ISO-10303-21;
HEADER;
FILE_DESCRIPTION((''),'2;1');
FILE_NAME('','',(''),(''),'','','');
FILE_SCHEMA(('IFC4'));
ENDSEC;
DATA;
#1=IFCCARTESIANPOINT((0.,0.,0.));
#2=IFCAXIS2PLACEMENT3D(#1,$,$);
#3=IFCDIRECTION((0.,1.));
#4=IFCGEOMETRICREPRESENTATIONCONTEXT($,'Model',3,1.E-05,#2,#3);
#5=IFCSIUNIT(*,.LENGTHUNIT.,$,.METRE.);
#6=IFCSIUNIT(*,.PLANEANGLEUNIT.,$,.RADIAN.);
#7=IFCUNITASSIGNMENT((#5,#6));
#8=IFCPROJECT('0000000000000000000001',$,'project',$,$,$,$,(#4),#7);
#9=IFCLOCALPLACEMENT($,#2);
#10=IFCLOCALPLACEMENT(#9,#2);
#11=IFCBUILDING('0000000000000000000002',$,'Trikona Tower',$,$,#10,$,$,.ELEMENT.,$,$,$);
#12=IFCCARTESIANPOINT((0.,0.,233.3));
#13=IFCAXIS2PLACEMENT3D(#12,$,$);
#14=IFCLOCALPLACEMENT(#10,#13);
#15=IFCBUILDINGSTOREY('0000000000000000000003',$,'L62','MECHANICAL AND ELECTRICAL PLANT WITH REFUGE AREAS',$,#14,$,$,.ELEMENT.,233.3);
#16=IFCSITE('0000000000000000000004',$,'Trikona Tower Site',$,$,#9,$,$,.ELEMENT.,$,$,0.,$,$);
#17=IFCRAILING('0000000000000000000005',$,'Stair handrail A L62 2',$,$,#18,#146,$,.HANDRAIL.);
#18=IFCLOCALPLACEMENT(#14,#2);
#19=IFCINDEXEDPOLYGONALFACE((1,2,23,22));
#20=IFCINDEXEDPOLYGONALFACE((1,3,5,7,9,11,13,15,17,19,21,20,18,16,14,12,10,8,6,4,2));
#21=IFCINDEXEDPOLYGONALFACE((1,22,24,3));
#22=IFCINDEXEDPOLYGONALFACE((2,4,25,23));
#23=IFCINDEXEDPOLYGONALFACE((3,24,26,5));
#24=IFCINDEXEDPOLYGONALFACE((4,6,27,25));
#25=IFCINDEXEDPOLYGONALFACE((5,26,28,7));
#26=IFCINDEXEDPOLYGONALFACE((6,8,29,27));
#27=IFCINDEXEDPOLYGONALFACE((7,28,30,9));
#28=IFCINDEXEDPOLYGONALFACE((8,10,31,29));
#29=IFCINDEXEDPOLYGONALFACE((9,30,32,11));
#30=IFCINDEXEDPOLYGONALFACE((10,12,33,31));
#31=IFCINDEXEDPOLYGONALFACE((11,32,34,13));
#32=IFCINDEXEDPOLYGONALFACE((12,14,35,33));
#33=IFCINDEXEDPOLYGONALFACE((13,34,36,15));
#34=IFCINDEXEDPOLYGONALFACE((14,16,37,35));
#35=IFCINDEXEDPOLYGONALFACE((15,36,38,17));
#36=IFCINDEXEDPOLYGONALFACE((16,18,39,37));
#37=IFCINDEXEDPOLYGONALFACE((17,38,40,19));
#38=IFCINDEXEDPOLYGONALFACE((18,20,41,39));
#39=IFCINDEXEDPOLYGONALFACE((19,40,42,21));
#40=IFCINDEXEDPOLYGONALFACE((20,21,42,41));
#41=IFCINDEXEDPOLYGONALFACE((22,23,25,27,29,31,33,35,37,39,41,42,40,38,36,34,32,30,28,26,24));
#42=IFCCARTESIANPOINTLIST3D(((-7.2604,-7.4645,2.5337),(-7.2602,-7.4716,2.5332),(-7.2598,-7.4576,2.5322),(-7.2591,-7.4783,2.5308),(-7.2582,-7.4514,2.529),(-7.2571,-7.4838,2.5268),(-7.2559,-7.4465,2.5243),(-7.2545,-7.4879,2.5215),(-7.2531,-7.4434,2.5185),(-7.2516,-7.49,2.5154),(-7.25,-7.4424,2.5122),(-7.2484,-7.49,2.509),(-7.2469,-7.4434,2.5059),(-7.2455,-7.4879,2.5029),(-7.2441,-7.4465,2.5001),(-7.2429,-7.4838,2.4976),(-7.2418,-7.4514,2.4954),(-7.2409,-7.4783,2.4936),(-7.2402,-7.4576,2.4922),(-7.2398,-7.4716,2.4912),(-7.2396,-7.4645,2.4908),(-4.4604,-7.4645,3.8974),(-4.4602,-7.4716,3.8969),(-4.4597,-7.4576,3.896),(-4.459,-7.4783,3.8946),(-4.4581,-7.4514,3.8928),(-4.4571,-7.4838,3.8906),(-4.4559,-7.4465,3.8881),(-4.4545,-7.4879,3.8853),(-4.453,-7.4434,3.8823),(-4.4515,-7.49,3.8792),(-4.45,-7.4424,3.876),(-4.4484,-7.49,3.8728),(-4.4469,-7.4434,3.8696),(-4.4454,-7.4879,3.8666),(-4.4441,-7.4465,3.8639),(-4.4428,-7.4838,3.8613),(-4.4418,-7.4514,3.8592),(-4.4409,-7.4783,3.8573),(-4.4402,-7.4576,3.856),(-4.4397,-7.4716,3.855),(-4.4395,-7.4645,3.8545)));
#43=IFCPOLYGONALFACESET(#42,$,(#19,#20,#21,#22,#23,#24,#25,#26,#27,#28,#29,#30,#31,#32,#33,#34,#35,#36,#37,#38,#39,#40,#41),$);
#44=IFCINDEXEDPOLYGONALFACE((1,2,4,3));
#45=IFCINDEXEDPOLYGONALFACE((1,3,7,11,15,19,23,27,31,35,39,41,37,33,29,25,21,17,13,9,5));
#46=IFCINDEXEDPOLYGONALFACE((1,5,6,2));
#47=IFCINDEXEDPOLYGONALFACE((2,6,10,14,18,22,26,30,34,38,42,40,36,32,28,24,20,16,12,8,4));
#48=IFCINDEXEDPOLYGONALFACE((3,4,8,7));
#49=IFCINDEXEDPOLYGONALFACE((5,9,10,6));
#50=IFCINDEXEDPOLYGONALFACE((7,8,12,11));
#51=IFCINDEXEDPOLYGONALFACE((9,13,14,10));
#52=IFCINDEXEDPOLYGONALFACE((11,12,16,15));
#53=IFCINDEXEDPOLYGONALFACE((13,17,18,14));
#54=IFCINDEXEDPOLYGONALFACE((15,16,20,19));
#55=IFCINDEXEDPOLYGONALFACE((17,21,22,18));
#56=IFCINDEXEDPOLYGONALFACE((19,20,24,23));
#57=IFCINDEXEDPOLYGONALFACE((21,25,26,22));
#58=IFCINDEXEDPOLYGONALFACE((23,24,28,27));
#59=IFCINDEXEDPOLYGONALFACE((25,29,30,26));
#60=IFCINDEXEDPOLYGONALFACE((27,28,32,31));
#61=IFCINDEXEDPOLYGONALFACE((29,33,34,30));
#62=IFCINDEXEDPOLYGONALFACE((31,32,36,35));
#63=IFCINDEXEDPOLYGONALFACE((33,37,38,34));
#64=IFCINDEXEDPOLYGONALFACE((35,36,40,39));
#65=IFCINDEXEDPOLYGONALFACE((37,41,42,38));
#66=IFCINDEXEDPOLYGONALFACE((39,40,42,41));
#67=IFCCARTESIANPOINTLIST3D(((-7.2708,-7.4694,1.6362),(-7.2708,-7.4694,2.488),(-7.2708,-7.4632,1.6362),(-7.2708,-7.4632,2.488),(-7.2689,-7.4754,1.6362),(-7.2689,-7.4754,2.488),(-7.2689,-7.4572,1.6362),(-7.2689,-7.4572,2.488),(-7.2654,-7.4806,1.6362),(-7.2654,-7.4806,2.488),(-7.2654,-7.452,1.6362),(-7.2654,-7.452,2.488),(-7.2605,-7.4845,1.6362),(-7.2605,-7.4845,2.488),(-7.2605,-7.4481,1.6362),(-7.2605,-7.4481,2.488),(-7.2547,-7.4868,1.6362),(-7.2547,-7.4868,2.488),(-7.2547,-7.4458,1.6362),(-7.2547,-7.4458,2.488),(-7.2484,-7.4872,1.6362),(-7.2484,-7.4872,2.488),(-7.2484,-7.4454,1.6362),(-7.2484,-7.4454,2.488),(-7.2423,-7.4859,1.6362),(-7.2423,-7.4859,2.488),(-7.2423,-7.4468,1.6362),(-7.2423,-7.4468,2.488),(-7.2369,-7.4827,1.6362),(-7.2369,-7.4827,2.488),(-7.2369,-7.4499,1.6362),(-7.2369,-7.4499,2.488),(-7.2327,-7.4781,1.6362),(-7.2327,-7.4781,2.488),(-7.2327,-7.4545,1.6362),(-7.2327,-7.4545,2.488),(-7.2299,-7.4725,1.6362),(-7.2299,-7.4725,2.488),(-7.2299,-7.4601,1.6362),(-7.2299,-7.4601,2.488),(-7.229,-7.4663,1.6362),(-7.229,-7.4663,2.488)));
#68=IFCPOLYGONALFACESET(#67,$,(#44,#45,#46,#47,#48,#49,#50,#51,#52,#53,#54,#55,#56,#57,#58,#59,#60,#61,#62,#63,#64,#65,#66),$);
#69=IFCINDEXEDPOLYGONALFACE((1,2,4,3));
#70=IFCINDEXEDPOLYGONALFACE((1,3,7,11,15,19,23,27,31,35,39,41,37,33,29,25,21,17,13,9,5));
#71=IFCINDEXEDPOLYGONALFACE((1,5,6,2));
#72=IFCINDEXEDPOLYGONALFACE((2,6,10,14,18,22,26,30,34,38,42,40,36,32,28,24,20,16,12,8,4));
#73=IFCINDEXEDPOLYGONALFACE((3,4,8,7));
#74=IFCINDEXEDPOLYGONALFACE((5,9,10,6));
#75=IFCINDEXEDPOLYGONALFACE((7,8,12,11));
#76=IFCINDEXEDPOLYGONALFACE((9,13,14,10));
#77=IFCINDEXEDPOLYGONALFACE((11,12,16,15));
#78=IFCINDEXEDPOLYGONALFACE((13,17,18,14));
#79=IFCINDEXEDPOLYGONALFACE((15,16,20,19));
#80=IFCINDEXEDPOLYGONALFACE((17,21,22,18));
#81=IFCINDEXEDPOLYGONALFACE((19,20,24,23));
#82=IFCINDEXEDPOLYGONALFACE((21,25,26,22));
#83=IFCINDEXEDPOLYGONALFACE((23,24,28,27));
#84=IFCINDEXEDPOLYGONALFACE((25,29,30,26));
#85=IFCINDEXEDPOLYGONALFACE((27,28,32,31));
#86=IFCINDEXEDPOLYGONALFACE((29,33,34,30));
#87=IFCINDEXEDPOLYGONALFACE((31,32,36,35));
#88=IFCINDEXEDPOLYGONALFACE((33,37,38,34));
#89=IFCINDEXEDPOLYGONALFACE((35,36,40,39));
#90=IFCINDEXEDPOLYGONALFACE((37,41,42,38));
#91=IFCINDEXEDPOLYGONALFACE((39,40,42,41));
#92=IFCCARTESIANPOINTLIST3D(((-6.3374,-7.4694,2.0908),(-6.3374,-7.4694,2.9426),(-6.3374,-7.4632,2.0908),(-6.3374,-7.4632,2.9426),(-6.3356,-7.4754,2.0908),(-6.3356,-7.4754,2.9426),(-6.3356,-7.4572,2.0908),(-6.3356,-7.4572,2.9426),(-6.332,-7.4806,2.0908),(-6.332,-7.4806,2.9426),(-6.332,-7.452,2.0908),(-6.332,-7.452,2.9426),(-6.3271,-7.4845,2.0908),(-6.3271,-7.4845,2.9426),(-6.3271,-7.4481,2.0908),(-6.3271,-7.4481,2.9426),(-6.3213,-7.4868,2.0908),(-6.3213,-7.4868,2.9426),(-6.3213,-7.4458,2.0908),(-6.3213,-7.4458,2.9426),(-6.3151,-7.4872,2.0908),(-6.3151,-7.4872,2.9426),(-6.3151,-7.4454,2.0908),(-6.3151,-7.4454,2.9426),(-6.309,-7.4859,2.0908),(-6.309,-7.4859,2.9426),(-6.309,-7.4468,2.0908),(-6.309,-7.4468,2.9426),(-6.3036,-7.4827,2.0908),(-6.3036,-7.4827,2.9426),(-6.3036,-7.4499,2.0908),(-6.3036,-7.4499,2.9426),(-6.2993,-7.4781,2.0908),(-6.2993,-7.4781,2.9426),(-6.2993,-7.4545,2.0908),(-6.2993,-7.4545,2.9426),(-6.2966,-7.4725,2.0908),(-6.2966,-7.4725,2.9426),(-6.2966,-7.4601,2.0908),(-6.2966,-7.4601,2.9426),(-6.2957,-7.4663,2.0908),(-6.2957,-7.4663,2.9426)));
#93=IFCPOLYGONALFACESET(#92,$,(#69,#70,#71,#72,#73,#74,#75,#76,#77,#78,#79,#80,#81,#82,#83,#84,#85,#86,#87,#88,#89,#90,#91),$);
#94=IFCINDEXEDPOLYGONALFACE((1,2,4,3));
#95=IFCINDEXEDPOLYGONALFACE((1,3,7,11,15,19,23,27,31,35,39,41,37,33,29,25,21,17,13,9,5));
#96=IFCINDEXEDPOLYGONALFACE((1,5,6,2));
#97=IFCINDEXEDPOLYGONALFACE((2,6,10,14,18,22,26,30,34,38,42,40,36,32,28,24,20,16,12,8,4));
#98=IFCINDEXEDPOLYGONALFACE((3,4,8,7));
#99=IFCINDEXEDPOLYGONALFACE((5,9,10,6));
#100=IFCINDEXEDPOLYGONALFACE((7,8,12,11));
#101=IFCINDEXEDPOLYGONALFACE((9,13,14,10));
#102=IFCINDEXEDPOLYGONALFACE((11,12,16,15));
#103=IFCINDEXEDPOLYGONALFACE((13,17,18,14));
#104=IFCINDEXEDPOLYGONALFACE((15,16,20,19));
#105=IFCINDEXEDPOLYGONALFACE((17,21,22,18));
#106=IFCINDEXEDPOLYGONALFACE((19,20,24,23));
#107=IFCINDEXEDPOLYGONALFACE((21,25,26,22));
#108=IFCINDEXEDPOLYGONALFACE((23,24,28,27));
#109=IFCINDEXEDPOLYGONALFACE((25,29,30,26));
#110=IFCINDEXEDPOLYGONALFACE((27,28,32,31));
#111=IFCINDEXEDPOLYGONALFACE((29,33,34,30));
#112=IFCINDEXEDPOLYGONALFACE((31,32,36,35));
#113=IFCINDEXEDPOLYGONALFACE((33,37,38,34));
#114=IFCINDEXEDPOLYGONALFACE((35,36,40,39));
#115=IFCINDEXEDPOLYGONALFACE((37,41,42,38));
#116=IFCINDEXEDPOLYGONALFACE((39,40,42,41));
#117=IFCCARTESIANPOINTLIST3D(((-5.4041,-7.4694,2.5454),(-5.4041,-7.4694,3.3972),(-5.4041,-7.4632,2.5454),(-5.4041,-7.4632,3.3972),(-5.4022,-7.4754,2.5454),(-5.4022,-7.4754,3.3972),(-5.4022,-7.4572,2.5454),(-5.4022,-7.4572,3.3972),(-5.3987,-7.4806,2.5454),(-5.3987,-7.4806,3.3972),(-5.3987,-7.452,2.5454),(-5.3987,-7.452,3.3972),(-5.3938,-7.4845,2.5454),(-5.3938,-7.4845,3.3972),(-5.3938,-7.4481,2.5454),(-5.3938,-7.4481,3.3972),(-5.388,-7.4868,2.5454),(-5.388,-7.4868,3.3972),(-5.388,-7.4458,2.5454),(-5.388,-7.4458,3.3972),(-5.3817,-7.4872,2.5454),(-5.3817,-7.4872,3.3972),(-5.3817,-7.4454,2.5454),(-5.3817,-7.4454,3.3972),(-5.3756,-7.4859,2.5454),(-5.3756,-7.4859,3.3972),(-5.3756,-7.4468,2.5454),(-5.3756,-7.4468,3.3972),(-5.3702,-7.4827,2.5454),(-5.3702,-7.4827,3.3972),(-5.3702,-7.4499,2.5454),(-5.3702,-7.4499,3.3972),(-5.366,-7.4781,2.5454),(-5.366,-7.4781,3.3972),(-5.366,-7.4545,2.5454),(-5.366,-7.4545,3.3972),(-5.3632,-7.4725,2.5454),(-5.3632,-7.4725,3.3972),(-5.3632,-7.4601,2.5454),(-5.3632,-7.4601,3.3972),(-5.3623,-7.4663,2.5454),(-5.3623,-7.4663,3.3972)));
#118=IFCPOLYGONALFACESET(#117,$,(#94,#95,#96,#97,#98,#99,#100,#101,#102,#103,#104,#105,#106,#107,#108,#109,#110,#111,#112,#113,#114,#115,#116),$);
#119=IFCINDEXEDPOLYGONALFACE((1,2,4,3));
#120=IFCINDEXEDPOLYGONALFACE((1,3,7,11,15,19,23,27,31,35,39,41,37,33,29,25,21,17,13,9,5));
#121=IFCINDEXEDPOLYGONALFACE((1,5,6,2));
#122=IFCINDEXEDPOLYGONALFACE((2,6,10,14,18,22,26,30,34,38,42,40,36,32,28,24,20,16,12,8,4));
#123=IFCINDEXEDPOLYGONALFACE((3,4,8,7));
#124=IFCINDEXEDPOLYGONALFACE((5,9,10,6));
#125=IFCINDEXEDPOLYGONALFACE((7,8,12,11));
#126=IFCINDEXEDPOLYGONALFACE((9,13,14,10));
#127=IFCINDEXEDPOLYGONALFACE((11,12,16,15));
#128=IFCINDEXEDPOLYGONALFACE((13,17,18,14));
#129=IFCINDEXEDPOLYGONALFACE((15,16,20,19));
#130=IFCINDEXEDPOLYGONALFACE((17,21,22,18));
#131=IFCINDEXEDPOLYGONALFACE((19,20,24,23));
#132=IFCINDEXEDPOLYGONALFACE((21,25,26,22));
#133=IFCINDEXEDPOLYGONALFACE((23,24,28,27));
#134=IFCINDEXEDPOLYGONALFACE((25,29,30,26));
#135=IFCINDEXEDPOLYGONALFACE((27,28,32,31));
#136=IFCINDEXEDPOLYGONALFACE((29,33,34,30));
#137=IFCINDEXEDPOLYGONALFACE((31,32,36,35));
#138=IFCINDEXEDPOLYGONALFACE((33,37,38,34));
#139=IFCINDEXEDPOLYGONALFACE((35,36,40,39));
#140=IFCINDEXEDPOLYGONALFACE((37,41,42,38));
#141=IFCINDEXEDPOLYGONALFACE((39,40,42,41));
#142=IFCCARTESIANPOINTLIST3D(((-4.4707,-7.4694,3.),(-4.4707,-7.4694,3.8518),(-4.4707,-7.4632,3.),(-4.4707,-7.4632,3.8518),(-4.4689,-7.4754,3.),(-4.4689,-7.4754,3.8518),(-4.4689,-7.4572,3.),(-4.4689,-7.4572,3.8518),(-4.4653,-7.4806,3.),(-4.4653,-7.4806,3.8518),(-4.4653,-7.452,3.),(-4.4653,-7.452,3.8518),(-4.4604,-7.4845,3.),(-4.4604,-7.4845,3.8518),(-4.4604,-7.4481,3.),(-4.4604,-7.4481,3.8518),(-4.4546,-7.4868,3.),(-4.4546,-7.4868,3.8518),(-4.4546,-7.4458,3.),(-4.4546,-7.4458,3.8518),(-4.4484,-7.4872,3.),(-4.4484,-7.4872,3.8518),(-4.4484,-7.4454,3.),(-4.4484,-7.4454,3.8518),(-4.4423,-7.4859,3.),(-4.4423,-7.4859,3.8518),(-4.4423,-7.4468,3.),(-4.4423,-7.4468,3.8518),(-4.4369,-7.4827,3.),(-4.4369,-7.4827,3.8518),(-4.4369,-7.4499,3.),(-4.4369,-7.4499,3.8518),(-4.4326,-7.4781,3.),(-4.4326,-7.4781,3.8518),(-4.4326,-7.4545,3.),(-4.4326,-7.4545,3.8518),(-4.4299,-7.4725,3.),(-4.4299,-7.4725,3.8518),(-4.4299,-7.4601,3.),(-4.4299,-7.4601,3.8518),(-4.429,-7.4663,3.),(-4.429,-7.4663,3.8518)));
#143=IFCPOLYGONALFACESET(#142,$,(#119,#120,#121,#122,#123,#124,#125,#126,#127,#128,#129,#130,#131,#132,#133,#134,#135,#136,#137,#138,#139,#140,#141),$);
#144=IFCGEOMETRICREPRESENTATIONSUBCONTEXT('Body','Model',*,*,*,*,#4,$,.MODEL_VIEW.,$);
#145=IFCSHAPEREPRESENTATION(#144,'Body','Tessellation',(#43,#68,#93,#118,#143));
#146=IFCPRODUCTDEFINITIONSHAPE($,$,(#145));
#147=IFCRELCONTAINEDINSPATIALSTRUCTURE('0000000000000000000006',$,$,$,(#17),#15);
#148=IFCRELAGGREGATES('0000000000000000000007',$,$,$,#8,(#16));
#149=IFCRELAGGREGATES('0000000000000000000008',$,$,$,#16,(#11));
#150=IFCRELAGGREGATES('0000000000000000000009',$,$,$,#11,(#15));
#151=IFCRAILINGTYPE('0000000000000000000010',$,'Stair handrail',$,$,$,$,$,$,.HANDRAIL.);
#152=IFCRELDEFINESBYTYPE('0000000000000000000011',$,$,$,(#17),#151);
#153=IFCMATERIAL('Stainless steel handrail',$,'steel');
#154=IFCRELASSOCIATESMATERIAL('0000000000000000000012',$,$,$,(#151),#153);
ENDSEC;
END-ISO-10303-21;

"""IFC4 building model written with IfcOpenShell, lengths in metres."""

from ifc_helpers import new_model, si_unit, direction, frame, origin, origin_2d, place, context, subcontext, project, spatial, circle, extrude, material, type_object, element, save


model = new_model("IFC4")

# Units and contexts
model_context = context("Model", 3, precision=1e-05, world=origin(), true_north=direction((0.0, 1.0)))
body_context = subcontext(model_context, "Body", "Model", "MODEL_VIEW")
ifc_project = project(units=[si_unit("LENGTHUNIT", "METRE"), si_unit("PLANEANGLEUNIT", "RADIAN")], contexts=[model_context])

# Site, building, storey
site_placement = place(None, origin())
site = spatial("IfcSite", under=ifc_project, at=site_placement, Name="Trikona Tower Site", CompositionType="ELEMENT", RefElevation=0.0)
building_placement = place(site_placement, origin())
building = spatial("IfcBuilding", under=site, at=building_placement, Name="Trikona Tower", CompositionType="ELEMENT")
storey_placement = place(building_placement, frame((0.0, 0.0, 233.3)))
storey = spatial("IfcBuildingStorey", under=building, at=storey_placement, Name="L62", Description="MECHANICAL AND ELECTRICAL PLANT WITH REFUGE AREAS", CompositionType="ELEMENT", Elevation=233.3)

# Railing
ifc_material_1 = material(Name="Stainless steel handrail", Category="steel")
railing_type = type_object("IfcRailingType", Name="Stair handrail", PredefinedType="HANDRAIL", material=ifc_material_1)
railing_1_placement = place(storey_placement, frame((-7.25, -7.4663, 1.6362)))
element("IfcRailing", 1, at=railing_1_placement, inside=storey, type_object=railing_type, Name="Stair handrail A L62 2", PredefinedType="HANDRAIL", context=body_context, shape_type="SweptSolid", body=[
    extrude(circle(Radius=0.0239, at=origin_2d()), frame((0.0, 0.0, 0.876), z_axis=(0.899035, 0.0, 0.437877), x_axis=(0.0, 1.0, 0.0)), (0.0, 0.0, 1.0), 3.1145),
    extrude(circle(Radius=0.021, at=origin_2d()), origin(), (0.0, 0.0, 1.0), 0.8518),
    extrude(circle(Radius=0.021, at=origin_2d()), frame((0.9333, 0.0, 0.4546)), (0.0, 0.0, 1.0), 0.8518),
    extrude(circle(Radius=0.021, at=origin_2d()), frame((1.8667, 0.0, 0.9092)), (0.0, 0.0, 1.0), 0.8518),
    extrude(circle(Radius=0.021, at=origin_2d()), frame((2.8, 0.0, 1.3638)), (0.0, 0.0, 1.0), 0.8518),
])

save(model, "model.ifc")
